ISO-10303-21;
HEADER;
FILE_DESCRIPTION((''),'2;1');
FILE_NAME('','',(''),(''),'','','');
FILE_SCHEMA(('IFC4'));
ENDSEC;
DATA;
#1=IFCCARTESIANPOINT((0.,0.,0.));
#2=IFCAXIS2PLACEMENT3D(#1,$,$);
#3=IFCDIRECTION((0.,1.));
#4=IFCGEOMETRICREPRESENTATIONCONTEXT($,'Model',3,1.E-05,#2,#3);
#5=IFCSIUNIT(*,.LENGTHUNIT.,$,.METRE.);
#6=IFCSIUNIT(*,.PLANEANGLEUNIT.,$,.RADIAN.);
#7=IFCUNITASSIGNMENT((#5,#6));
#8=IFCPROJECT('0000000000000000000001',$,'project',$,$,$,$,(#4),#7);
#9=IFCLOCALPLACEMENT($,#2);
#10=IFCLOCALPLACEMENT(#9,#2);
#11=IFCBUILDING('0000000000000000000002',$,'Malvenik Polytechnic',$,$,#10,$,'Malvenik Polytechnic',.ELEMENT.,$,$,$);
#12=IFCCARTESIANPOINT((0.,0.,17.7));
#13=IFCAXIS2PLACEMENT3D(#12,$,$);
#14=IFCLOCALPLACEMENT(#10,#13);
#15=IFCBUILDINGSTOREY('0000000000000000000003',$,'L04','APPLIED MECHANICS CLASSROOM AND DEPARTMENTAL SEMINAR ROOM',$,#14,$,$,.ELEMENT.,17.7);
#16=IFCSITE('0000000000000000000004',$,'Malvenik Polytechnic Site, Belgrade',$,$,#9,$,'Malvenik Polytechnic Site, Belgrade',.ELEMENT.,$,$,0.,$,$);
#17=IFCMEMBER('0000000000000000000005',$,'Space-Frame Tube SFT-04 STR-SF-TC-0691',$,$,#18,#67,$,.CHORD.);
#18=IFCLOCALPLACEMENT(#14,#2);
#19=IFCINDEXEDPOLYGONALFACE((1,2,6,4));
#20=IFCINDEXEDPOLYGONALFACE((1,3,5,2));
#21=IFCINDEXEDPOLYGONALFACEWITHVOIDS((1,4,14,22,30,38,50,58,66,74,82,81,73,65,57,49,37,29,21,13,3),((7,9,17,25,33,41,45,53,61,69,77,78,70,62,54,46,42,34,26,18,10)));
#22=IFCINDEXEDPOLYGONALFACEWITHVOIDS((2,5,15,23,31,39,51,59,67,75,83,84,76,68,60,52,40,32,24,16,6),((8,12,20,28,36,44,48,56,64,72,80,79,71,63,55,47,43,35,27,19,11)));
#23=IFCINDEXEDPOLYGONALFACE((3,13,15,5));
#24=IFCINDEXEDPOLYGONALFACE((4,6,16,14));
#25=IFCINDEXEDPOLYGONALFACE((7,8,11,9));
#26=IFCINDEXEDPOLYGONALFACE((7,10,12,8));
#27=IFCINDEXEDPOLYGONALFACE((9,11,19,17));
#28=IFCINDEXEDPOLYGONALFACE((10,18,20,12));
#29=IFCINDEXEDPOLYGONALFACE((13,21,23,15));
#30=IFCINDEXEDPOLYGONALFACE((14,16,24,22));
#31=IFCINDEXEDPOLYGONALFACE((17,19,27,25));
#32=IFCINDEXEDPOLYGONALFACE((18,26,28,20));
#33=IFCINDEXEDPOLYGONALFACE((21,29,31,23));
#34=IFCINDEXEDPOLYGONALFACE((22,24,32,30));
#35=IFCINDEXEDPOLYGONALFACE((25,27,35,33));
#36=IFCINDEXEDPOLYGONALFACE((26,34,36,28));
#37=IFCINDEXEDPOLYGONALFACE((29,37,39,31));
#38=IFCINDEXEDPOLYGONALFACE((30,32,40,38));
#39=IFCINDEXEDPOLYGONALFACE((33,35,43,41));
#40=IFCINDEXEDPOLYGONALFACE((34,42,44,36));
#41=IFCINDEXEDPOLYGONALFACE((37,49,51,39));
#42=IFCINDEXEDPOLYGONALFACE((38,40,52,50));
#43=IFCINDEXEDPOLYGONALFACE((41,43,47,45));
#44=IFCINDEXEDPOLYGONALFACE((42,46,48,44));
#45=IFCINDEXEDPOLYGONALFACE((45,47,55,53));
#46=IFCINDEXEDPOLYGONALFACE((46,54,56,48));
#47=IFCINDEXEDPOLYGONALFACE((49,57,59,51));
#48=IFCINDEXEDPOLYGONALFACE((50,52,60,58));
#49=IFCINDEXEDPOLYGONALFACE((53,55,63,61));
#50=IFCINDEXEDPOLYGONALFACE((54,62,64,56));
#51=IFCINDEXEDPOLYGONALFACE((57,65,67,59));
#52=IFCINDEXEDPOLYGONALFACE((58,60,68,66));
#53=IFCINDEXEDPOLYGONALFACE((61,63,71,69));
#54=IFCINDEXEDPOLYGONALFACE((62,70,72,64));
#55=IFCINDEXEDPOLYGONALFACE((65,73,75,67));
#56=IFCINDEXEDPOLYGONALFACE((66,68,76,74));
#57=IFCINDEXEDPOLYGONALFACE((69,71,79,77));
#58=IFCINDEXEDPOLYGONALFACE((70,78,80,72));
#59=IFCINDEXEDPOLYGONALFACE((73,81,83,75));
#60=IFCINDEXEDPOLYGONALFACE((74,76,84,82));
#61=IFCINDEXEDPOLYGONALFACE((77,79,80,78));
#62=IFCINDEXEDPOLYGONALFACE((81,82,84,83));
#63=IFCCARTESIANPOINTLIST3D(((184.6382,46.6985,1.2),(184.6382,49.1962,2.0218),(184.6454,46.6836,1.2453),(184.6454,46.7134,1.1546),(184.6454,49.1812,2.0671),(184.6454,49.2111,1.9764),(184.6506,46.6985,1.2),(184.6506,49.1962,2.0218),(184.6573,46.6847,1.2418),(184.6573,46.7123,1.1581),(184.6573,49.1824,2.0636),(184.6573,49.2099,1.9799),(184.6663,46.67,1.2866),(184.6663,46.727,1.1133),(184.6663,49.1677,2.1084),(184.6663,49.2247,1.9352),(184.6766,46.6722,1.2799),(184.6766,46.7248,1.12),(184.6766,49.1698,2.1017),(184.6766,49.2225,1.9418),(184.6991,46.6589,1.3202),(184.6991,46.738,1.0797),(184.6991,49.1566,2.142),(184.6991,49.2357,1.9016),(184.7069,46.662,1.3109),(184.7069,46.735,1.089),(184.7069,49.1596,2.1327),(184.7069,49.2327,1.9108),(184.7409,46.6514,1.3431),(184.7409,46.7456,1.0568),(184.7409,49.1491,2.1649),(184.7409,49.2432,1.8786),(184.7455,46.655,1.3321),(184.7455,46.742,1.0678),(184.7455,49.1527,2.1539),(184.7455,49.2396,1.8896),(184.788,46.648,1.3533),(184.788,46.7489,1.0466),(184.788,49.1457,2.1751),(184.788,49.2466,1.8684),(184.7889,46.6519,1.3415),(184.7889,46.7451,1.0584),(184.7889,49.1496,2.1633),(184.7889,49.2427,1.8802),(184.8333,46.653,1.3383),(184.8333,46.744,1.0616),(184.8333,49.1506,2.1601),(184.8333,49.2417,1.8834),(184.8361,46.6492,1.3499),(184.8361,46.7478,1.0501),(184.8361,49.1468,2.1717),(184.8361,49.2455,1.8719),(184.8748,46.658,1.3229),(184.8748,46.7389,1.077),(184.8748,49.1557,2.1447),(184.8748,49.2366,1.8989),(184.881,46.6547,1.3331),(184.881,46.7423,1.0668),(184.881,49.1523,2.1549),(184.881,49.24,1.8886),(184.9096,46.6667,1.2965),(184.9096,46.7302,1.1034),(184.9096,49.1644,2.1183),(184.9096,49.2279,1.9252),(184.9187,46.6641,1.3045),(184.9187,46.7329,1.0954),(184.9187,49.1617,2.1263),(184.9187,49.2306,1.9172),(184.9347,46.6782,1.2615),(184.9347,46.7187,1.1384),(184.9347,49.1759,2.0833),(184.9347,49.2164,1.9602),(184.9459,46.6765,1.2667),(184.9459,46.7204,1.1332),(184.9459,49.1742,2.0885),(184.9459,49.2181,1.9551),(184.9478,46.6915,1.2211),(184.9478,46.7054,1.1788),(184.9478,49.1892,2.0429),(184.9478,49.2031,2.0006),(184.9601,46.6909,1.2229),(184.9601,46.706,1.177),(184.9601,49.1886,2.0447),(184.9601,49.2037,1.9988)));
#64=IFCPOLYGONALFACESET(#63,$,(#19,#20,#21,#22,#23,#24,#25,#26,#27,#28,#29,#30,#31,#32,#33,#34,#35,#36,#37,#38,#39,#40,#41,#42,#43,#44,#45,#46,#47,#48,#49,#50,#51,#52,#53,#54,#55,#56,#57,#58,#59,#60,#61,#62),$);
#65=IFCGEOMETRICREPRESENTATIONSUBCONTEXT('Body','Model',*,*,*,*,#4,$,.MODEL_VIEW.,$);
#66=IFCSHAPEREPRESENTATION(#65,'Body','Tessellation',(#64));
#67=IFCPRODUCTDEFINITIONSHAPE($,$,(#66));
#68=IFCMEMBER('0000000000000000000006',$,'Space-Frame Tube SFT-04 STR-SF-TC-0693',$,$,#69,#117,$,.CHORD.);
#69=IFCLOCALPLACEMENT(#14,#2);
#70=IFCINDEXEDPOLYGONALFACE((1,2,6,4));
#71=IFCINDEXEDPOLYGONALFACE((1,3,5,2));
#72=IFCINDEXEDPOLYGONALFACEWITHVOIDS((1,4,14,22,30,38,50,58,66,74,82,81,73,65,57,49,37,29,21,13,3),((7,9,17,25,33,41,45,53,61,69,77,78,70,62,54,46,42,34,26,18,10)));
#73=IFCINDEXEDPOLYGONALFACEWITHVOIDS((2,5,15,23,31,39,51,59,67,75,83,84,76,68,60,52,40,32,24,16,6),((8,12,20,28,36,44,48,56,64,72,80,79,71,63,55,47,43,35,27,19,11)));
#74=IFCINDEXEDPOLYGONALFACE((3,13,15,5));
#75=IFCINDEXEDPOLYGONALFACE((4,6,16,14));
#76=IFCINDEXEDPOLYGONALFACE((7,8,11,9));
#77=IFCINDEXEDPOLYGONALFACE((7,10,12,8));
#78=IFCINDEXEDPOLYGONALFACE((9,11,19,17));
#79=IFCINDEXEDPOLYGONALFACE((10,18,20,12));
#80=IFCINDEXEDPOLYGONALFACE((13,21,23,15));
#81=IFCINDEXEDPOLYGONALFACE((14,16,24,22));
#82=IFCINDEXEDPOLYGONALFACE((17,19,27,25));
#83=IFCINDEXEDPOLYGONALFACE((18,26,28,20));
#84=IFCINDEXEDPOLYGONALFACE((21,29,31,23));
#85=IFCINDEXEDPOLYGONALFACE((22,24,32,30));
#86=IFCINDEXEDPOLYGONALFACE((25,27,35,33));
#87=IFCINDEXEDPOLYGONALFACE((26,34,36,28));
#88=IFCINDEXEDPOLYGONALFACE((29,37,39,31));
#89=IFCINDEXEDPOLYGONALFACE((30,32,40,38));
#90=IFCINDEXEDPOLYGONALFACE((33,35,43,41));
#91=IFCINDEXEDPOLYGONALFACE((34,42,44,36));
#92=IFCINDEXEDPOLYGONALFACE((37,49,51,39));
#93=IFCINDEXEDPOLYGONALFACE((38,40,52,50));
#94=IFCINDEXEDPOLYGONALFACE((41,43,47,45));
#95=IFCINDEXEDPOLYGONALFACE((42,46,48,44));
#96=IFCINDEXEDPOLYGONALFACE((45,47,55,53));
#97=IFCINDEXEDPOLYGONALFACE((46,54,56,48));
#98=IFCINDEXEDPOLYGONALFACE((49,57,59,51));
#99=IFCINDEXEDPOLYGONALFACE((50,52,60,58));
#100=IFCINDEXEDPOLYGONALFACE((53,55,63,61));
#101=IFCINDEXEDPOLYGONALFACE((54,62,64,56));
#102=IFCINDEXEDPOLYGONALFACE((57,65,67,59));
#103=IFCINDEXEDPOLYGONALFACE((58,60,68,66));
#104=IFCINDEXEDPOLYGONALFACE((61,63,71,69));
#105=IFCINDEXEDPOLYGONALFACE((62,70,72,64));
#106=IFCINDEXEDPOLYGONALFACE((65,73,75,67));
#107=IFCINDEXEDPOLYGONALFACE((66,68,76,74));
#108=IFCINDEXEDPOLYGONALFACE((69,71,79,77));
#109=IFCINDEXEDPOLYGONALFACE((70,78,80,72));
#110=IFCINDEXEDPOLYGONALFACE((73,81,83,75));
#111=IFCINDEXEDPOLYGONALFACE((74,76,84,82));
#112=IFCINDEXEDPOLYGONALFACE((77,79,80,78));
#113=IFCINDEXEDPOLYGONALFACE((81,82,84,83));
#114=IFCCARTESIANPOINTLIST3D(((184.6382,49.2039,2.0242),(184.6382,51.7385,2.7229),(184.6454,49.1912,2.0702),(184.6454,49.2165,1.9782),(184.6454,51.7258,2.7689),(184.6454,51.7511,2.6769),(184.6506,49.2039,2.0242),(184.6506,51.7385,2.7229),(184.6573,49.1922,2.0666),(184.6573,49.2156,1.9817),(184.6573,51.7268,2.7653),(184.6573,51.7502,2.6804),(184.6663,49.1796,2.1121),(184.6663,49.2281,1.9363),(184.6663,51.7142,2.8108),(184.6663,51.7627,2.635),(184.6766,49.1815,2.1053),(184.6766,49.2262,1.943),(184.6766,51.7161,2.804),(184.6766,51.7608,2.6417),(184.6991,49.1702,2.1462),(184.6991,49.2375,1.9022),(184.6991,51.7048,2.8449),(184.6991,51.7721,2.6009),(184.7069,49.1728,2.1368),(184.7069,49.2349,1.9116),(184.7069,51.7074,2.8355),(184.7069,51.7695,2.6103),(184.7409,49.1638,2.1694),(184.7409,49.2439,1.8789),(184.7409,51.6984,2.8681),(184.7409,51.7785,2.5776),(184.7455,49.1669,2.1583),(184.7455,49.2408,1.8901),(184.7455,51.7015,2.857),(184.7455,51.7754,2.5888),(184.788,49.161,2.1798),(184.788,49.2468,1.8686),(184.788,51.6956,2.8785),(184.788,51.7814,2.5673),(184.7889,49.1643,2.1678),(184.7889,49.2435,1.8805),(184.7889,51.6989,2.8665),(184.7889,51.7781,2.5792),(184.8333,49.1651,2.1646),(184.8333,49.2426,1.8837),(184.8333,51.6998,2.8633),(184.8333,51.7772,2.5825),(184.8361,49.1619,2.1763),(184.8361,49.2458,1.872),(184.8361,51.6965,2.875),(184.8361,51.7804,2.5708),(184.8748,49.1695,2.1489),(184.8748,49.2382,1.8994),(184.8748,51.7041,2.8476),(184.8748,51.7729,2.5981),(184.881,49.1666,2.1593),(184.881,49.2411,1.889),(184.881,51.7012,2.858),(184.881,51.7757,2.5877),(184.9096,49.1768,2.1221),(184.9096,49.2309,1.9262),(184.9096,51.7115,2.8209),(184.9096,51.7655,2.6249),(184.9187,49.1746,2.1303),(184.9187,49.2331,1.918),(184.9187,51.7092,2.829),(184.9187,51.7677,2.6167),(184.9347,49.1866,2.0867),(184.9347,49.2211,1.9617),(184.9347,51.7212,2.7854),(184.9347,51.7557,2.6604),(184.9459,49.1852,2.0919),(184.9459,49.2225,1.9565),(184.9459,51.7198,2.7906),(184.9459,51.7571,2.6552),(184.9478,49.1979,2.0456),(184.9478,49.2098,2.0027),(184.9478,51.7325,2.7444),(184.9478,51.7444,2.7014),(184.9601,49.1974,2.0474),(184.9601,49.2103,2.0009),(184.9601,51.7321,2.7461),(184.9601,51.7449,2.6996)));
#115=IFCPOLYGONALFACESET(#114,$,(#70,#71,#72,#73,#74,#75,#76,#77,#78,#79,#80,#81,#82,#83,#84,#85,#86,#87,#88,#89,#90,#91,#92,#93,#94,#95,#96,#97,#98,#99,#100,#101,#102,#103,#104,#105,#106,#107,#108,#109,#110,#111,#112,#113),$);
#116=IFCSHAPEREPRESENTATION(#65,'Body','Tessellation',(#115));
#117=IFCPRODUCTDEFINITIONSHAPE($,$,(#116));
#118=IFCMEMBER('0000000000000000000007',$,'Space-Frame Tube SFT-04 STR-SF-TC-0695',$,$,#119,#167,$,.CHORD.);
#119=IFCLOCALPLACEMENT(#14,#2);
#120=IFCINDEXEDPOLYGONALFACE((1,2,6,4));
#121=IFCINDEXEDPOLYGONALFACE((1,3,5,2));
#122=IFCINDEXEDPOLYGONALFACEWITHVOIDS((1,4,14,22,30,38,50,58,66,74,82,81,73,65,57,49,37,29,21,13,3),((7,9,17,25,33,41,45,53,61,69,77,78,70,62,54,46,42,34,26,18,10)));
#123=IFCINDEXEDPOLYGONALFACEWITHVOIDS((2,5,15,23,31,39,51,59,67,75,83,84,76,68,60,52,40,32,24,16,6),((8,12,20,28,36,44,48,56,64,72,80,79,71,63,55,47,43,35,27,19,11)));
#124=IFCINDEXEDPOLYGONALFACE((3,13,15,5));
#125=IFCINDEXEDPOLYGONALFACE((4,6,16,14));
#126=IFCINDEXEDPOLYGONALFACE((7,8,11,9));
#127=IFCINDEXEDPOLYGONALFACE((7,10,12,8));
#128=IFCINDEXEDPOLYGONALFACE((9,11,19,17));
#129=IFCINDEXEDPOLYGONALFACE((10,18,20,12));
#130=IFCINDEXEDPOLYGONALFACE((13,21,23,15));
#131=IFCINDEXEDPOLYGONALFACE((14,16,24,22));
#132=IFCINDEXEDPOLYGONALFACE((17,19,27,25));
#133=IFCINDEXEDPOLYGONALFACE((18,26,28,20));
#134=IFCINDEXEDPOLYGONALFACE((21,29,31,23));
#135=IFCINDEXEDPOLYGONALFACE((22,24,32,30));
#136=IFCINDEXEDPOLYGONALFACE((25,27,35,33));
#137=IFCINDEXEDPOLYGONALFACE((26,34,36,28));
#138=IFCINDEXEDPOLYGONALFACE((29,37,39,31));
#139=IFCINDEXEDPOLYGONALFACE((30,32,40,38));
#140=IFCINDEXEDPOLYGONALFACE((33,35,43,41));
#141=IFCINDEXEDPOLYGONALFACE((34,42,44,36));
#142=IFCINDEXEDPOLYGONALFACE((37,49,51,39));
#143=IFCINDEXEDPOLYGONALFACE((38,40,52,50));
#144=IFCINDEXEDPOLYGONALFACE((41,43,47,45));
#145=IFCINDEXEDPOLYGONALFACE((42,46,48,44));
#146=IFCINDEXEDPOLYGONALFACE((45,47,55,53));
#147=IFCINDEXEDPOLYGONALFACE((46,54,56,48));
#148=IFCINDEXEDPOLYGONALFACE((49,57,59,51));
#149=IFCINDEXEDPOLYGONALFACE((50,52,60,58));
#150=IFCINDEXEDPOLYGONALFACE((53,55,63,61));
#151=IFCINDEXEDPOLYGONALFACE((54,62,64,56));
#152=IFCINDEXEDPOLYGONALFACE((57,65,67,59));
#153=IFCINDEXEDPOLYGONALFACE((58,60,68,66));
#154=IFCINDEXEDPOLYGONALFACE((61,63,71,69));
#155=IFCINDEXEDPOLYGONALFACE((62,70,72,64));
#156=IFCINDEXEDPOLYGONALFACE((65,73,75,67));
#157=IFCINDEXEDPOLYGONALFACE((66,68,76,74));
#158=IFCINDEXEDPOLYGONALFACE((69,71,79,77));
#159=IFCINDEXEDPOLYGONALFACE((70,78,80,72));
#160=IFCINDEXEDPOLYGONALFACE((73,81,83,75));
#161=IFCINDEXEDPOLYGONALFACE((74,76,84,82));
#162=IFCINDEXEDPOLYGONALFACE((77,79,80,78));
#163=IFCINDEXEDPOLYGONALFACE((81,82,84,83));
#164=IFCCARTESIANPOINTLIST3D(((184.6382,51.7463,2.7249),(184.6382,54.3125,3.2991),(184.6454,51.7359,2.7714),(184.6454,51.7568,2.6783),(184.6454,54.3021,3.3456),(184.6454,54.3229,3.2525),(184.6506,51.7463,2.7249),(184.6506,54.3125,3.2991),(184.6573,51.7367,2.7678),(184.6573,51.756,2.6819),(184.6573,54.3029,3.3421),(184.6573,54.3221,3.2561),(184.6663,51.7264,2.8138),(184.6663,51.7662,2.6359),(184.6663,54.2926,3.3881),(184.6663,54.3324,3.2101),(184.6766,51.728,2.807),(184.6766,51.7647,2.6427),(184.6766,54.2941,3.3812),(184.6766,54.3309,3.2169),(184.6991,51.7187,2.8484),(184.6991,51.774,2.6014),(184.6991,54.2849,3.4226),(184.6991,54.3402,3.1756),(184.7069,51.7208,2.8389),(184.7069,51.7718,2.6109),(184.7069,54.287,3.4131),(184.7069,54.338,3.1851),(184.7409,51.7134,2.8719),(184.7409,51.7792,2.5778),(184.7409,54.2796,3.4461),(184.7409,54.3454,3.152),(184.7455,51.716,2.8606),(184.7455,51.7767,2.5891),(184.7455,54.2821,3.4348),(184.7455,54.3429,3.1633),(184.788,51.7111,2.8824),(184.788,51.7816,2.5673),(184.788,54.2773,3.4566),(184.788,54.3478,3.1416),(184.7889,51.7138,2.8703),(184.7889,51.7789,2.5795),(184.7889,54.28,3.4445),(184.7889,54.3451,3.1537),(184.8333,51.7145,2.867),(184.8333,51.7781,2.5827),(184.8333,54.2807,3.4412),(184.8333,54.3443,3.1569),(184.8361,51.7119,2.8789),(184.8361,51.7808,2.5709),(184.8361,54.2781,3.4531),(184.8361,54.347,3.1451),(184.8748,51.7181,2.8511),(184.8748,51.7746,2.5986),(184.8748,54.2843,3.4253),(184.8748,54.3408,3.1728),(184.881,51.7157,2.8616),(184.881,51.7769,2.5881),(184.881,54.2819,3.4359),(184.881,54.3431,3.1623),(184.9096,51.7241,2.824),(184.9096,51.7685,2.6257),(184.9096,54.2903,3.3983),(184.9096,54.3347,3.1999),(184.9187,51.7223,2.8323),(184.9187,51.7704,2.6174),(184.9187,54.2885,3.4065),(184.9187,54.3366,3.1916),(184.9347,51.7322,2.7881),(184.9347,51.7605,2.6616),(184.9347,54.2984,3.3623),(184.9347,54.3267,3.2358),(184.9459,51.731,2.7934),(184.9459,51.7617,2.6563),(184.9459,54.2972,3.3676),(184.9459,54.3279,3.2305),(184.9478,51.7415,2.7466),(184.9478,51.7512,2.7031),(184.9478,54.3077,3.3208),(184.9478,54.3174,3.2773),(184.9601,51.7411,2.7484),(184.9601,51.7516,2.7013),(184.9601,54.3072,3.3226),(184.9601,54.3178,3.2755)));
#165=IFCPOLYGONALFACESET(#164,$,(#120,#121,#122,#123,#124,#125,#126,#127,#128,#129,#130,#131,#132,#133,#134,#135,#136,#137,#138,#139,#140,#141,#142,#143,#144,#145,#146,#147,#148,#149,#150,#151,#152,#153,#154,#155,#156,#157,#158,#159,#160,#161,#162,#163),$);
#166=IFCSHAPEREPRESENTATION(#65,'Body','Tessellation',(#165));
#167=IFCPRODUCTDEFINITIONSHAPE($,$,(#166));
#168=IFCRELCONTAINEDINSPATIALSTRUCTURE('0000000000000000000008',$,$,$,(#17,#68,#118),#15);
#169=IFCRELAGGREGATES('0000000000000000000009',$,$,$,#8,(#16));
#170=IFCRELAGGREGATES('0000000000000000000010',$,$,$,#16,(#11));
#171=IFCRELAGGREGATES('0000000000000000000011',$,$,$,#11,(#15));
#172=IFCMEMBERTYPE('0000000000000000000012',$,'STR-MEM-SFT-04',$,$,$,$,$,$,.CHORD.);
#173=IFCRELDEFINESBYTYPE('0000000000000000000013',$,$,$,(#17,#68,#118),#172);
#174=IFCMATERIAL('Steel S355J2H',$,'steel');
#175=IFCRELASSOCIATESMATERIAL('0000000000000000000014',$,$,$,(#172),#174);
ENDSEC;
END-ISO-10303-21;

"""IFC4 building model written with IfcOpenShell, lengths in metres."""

from ifc_helpers import new_model, si_unit, direction, frame, origin, origin_2d, place, context, subcontext, project, spatial, hollow_circle, extrude, material, material_profile, profile_set, type_object, element, save


model = new_model("IFC4")

# Units and contexts
model_context = context("Model", 3, precision=1e-05, world=origin(), true_north=direction((0.0, 1.0)))
body_context = subcontext(model_context, "Body", "Model", "MODEL_VIEW")
ifc_project = project(units=[si_unit("LENGTHUNIT", "METRE"), si_unit("PLANEANGLEUNIT", "RADIAN")], contexts=[model_context])

# Site, building, storey
site_placement = place(None, origin())
site = spatial("IfcSite", under=ifc_project, at=site_placement, Name="Malvenik Polytechnic Site, Belgrade", LongName="Malvenik Polytechnic Site, Belgrade", CompositionType="ELEMENT", RefElevation=0.0)
building_placement = place(site_placement, origin())
building = spatial("IfcBuilding", under=site, at=building_placement, Name="Malvenik Polytechnic", LongName="Malvenik Polytechnic", CompositionType="ELEMENT")
storey_placement = place(building_placement, frame((0.0, 0.0, 17.7)))
storey = spatial("IfcBuildingStorey", under=building, at=storey_placement, Name="L04", Description="APPLIED MECHANICS CLASSROOM AND DEPARTMENTAL SEMINAR ROOM", CompositionType="ELEMENT", Elevation=17.7)

# Members
ifc_material = material(Name="Steel S355J2H", Category="steel")
ifc_material_profile_1 = material_profile(ifc_material, hollow_circle(Radius=0.1619, WallThickness=0.0125, at=origin_2d()), Name="CHS 323.9x12.5")
ifc_profile_set_1 = profile_set([ifc_material_profile_1], Name="Steel S355J2H")
member_type_1 = type_object("IfcMemberType", Name="STR-MEM-SFT-04", PredefinedType="CHORD", material=ifc_profile_set_1)
member_1_placement = place(storey_placement, frame((184.8, 46.6985, 1.2), z_axis=(0.0, 0.949902, 0.312548), x_axis=(-1.0, 0.0, 0.0)))
element("IfcMember", 1, at=member_1_placement, inside=storey, type_object=member_type_1, Name="Space-Frame Tube SFT-04 STR-SF-TC-0691", PredefinedType="CHORD", context=body_context, shape_type="SweptSolid", body=[
    extrude(hollow_circle(Radius=0.1619, WallThickness=0.0125, at=origin_2d()), origin(), (0.0, 0.0, 1.0), 2.6294),
])
member_2_placement = place(storey_placement, frame((184.8, 49.2039, 2.0242), z_axis=(0.0, 0.96404, 0.265756), x_axis=(-1.0, 0.0, 0.0)))
element("IfcMember", 2, at=member_2_placement, inside=storey, type_object=member_type_1, Name="Space-Frame Tube SFT-04 STR-SF-TC-0693", PredefinedType="CHORD", context=body_context, shape_type="SweptSolid", body=[
    extrude(hollow_circle(Radius=0.1619, WallThickness=0.0125, at=origin_2d()), origin(), (0.0, 0.0, 1.0), 2.6292),
])
member_3_placement = place(storey_placement, frame((184.8, 51.7463, 2.7249), z_axis=(0.0, 0.975867, 0.218365), x_axis=(-1.0, 0.0, 0.0)))
element("IfcMember", 3, at=member_3_placement, inside=storey, type_object=member_type_1, Name="Space-Frame Tube SFT-04 STR-SF-TC-0695", PredefinedType="CHORD", context=body_context, shape_type="SweptSolid", body=[
    extrude(hollow_circle(Radius=0.1619, WallThickness=0.0125, at=origin_2d()), origin(), (0.0, 0.0, 1.0), 2.6296),
])

save(model, "model.ifc")
